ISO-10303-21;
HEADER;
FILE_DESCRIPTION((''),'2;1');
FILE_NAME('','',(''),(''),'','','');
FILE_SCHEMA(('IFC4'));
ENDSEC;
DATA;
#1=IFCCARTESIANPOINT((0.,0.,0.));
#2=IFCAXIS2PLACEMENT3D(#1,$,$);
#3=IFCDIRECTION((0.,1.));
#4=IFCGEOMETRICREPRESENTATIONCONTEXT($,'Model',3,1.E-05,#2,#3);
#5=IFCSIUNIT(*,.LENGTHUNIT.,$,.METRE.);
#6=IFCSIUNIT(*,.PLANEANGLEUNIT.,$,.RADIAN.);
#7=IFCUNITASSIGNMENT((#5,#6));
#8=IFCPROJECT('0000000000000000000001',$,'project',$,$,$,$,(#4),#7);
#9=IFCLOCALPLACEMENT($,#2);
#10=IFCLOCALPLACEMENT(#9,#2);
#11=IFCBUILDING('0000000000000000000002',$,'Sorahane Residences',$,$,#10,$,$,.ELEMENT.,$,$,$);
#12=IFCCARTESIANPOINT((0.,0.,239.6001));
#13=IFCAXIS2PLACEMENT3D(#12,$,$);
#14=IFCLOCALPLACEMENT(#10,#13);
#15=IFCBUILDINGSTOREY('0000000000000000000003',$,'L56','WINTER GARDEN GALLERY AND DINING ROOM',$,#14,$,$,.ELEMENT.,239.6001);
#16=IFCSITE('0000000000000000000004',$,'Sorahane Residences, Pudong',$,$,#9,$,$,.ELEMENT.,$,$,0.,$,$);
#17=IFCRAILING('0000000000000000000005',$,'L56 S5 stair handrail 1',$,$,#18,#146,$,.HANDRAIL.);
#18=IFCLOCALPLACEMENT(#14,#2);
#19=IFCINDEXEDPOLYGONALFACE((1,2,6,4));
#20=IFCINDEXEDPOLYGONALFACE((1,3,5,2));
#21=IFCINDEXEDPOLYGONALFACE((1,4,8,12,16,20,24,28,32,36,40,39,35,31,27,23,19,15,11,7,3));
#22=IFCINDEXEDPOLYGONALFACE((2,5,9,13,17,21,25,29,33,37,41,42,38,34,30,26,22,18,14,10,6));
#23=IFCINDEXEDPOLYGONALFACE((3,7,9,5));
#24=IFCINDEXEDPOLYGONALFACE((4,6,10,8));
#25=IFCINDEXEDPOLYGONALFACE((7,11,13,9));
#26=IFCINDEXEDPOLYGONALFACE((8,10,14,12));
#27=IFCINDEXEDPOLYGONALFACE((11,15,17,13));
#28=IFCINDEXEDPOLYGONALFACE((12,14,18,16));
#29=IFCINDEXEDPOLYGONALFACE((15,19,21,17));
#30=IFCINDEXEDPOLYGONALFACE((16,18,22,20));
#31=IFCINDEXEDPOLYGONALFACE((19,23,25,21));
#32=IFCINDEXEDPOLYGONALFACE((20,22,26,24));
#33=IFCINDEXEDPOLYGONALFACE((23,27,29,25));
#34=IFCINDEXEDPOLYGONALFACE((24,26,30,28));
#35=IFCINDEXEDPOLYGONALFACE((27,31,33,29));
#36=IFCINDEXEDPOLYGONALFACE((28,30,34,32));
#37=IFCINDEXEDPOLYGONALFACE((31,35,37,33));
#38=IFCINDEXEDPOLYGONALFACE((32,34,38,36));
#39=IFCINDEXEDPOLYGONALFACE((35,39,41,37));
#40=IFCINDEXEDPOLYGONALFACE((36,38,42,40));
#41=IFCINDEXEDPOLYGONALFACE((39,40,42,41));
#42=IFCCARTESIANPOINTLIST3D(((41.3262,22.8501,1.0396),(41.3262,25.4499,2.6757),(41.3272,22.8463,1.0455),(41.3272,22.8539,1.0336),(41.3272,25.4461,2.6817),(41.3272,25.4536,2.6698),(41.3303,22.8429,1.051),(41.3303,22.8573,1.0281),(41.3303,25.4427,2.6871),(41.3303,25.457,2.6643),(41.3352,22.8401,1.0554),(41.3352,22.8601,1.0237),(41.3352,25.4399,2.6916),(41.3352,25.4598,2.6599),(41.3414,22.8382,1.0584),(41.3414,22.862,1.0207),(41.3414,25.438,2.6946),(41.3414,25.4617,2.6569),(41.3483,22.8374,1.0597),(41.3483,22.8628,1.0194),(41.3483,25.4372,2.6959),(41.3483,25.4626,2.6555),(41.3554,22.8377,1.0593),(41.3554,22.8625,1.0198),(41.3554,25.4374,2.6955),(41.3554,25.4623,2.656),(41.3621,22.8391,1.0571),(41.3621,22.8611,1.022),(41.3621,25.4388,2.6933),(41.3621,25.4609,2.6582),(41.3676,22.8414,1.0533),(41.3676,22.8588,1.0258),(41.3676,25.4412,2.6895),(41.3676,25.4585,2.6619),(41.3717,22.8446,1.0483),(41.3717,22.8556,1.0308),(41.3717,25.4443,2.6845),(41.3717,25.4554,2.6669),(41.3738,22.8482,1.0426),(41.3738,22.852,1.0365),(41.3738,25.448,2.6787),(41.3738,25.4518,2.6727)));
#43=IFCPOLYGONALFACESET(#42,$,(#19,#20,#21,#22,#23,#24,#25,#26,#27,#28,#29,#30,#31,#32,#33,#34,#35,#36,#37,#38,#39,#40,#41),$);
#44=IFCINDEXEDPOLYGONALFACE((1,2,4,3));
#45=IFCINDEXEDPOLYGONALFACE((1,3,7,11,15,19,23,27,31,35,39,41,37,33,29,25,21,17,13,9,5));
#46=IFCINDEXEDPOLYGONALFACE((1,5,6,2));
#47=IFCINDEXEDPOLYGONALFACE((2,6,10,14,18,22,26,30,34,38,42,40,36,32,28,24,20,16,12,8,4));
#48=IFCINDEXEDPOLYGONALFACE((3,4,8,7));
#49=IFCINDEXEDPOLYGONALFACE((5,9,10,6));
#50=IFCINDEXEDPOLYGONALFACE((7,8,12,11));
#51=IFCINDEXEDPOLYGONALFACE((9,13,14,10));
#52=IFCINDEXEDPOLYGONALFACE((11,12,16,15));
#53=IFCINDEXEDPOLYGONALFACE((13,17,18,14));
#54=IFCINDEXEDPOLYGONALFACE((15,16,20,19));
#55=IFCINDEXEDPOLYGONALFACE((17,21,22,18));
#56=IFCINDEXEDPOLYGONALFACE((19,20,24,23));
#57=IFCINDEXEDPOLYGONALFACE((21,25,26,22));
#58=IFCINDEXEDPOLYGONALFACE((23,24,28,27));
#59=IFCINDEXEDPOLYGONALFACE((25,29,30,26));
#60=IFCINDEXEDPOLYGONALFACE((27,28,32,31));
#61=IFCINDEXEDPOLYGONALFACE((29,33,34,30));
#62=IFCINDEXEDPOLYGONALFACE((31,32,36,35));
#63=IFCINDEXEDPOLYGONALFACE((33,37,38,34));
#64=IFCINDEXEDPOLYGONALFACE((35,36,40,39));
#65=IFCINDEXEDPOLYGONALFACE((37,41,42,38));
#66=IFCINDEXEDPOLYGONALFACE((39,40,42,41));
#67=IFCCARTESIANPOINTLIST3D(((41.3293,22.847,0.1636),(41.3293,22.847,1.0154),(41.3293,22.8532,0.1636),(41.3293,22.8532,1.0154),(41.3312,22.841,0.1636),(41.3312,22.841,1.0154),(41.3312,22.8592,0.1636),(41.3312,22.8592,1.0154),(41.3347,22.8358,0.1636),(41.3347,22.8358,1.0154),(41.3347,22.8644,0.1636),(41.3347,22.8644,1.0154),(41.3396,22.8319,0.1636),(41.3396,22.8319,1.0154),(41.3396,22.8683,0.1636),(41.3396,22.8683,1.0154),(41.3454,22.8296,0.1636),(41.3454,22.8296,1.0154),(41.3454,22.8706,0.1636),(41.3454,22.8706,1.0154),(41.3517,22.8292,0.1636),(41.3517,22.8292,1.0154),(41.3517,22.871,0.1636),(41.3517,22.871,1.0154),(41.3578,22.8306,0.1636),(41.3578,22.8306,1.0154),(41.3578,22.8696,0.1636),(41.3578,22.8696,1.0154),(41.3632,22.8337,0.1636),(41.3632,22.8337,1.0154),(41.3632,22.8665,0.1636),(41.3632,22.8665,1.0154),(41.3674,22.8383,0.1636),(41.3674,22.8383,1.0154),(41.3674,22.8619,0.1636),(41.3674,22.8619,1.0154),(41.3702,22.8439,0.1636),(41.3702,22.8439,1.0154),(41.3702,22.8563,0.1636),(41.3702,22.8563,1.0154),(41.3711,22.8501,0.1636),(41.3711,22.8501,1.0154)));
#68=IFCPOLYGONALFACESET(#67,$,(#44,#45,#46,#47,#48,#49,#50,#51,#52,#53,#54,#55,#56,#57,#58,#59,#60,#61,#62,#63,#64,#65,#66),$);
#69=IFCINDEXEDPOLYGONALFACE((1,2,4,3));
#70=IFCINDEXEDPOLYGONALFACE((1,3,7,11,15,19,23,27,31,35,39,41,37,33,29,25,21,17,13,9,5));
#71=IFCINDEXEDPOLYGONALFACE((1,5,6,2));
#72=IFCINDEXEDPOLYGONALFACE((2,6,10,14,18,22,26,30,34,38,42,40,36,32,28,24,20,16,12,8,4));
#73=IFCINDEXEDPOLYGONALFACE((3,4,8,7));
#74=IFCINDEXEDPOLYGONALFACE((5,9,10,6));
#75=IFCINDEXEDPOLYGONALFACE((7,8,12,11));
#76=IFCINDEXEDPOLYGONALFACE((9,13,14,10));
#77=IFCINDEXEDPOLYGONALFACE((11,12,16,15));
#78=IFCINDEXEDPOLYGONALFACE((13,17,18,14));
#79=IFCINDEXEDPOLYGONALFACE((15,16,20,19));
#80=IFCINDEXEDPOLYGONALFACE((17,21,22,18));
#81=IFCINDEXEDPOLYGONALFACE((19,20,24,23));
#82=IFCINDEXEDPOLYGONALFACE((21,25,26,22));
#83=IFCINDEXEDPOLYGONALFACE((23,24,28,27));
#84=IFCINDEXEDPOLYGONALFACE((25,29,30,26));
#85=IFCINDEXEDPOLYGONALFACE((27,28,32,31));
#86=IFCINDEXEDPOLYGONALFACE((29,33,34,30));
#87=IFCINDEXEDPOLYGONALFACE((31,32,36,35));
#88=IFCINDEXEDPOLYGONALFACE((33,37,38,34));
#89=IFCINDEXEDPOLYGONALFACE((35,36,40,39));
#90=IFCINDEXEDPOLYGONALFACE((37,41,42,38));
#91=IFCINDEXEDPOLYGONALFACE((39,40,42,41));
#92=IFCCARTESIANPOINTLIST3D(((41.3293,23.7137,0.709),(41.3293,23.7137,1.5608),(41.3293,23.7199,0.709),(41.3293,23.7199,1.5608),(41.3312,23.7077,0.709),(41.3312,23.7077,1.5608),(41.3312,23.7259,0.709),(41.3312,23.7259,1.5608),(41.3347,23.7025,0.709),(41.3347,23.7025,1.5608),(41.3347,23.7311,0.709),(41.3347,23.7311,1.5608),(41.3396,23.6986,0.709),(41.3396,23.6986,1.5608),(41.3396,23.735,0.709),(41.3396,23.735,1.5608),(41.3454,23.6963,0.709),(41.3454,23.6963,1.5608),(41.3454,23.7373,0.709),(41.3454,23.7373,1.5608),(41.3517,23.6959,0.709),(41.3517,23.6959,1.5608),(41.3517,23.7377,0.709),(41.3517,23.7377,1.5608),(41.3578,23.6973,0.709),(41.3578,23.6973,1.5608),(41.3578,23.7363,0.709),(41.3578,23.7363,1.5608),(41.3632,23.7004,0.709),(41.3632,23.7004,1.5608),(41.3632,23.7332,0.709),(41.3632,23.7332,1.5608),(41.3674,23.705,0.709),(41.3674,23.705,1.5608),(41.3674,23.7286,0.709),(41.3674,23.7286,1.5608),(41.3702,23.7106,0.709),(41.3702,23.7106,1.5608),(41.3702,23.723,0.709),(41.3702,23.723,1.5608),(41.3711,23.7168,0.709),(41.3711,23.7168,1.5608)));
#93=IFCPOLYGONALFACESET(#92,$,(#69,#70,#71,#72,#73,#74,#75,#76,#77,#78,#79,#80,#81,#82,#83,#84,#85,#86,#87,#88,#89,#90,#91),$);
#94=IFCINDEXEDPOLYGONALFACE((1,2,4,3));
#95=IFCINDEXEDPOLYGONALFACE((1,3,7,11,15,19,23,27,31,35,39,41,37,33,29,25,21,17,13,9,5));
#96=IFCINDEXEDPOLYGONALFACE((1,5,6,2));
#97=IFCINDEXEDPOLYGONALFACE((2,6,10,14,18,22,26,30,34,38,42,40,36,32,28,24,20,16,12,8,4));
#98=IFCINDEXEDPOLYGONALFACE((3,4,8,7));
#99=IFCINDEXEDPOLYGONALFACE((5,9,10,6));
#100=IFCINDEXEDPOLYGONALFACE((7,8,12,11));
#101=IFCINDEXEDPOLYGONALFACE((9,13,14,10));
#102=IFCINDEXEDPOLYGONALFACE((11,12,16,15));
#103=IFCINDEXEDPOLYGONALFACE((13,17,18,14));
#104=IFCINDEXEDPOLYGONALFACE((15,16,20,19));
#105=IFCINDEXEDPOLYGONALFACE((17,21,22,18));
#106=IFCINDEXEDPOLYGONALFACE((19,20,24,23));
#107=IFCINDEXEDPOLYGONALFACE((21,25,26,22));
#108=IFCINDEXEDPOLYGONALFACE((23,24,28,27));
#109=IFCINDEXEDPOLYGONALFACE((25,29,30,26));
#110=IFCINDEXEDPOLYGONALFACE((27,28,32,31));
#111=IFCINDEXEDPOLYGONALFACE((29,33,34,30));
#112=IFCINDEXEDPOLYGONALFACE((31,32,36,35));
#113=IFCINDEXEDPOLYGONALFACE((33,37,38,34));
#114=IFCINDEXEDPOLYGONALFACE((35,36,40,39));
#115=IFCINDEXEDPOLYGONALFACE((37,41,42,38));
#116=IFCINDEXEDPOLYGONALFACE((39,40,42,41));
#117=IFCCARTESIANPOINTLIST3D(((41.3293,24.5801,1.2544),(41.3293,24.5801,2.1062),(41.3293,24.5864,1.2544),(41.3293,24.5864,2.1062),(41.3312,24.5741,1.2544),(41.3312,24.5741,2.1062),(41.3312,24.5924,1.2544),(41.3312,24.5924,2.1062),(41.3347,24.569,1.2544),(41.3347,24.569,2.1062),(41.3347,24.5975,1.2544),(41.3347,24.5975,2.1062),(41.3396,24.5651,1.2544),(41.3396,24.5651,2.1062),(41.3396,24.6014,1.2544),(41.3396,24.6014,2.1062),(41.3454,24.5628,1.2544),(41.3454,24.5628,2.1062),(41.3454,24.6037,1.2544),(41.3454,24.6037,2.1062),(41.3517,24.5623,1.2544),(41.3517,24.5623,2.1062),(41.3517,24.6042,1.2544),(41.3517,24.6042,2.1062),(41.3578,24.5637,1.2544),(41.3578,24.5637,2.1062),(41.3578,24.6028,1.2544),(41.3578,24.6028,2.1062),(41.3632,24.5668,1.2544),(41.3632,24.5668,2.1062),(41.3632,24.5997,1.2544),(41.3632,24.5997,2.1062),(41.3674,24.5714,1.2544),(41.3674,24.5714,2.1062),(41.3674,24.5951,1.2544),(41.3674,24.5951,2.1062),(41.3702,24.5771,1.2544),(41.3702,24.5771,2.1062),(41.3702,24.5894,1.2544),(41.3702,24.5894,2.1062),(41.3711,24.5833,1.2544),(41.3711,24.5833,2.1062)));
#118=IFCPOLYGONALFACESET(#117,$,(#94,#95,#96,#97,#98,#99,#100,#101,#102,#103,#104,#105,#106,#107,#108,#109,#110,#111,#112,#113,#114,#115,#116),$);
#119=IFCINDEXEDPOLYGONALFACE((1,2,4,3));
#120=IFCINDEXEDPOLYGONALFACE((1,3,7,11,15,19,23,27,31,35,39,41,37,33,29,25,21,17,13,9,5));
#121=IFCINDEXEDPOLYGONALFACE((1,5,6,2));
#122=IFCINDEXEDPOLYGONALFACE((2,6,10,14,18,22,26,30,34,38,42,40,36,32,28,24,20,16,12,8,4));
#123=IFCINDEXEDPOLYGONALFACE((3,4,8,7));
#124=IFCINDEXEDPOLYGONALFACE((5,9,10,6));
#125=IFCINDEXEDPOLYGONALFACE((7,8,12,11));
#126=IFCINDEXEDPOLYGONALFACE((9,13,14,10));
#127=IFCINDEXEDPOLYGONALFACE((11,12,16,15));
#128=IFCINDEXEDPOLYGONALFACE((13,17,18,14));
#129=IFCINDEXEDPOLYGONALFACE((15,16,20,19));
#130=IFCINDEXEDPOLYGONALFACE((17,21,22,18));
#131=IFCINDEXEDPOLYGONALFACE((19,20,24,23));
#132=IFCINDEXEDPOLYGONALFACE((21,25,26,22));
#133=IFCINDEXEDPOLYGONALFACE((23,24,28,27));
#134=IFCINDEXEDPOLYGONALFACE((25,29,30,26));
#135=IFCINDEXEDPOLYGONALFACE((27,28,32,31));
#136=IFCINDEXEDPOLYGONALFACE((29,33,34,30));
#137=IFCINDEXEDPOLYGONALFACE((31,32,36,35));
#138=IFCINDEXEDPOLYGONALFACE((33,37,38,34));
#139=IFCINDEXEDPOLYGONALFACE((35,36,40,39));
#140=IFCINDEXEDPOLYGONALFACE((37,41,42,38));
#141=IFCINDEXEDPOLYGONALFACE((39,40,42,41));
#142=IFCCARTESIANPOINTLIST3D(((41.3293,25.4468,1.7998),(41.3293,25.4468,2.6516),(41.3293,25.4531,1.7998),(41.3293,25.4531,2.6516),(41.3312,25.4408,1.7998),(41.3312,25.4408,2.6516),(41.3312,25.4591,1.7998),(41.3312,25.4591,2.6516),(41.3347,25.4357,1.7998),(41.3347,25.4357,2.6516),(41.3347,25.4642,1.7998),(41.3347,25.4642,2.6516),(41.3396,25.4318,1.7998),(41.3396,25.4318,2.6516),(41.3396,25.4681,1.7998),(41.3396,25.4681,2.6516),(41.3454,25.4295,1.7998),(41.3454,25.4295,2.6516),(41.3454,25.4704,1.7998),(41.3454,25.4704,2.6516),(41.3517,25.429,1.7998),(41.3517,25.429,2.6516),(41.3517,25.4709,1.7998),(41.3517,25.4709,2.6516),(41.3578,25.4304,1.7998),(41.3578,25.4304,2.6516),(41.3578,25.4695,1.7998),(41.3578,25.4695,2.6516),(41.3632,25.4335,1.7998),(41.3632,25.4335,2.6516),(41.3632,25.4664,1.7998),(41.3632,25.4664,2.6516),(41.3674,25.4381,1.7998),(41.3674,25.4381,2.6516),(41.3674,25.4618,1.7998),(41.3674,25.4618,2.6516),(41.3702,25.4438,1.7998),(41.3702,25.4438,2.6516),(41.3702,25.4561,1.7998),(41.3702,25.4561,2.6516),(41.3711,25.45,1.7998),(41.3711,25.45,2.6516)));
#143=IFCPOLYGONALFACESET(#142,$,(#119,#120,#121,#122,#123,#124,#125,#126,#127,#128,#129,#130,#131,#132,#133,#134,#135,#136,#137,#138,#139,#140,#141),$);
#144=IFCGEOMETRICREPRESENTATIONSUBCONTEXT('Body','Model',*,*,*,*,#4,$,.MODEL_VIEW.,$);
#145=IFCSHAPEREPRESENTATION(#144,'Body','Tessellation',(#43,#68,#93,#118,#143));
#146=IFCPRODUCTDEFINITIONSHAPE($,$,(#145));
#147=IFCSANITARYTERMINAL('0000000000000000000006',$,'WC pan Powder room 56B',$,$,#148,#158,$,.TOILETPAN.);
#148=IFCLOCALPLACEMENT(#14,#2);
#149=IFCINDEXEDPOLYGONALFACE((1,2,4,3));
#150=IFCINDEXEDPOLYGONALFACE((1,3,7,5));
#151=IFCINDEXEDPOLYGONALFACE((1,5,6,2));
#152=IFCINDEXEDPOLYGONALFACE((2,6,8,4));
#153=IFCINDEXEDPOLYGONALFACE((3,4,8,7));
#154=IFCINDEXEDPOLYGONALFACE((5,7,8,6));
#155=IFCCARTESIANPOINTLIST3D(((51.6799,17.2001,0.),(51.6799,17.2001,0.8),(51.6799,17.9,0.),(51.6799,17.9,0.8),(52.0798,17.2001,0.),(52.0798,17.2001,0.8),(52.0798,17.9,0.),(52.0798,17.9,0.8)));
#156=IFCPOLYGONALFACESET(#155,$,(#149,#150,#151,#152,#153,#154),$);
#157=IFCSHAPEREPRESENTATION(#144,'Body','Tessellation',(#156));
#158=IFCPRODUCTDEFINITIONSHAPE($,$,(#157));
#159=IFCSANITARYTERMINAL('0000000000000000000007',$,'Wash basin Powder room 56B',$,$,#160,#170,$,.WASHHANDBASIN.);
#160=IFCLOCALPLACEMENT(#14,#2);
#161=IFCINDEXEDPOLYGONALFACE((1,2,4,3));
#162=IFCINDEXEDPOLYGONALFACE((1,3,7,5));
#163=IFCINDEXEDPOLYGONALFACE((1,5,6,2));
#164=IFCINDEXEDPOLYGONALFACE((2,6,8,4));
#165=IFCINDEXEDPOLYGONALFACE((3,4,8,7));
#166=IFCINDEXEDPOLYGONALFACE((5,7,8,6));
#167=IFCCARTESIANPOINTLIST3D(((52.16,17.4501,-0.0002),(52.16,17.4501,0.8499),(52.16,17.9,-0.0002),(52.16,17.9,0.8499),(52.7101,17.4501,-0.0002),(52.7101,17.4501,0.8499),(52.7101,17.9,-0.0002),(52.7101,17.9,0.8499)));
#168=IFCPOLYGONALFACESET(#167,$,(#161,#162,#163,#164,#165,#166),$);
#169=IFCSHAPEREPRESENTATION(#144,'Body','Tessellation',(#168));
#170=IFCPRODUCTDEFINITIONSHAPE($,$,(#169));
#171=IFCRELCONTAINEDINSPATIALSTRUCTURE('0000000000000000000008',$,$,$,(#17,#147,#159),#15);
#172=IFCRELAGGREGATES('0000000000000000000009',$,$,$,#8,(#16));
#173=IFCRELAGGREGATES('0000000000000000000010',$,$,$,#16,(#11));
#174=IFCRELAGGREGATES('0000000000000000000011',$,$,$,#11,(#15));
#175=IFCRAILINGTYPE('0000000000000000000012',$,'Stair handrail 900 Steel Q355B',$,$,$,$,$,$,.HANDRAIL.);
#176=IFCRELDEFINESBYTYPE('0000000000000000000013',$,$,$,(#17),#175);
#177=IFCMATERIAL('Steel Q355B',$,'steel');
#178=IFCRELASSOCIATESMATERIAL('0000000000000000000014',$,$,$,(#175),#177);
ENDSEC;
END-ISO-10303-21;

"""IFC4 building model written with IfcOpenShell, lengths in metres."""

from ifc_helpers import new_model, si_unit, direction, frame, origin, origin_2d, place, context, subcontext, project, spatial, rectangle, circle, extrude, material, type_object, element, save


model = new_model("IFC4")

# Units and contexts
model_context = context("Model", 3, precision=1e-05, world=origin(), true_north=direction((0.0, 1.0)))
body_context = subcontext(model_context, "Body", "Model", "MODEL_VIEW")
ifc_project = project(units=[si_unit("LENGTHUNIT", "METRE"), si_unit("PLANEANGLEUNIT", "RADIAN")], contexts=[model_context])

# Site, building, storey
site_placement = place(None, origin())
site = spatial("IfcSite", under=ifc_project, at=site_placement, Name="Sorahane Residences, Pudong", CompositionType="ELEMENT", RefElevation=0.0)
building_placement = place(site_placement, origin())
building = spatial("IfcBuilding", under=site, at=building_placement, Name="Sorahane Residences", CompositionType="ELEMENT")
storey_placement = place(building_placement, frame((0.0, 0.0, 239.6001)))
storey = spatial("IfcBuildingStorey", under=building, at=storey_placement, Name="L56", Description="WINTER GARDEN GALLERY AND DINING ROOM", CompositionType="ELEMENT", Elevation=239.6001)

# Railing
ifc_material_1 = material(Name="Steel Q355B", Category="steel")
railing_type_1 = type_object("IfcRailingType", Name="Stair handrail 900 Steel Q355B", PredefinedType="HANDRAIL", material=ifc_material_1)
railing_1_placement = place(storey_placement, frame((41.3501, 22.8501, 0.1636)))
element("IfcRailing", 1, at=railing_1_placement, inside=storey, type_object=railing_type_1, Name="L56 S5 stair handrail 1", PredefinedType="HANDRAIL", context=body_context, shape_type="SweptSolid", body=[
    extrude(circle(Radius=0.0239, at=origin_2d()), frame((0.0, 0.0, 0.876), z_axis=(0.0, 0.846338, 0.532647), x_axis=(-1.0, 0.0, 0.0)), (0.0, 0.0, 1.0), 3.0718),
    extrude(circle(Radius=0.021, at=origin_2d()), origin(), (0.0, 0.0, 1.0), 0.8518),
    extrude(circle(Radius=0.021, at=origin_2d()), frame((0.0, 0.8667, 0.5454)), (0.0, 0.0, 1.0), 0.8518),
    extrude(circle(Radius=0.021, at=origin_2d()), frame((0.0, 1.7332, 1.0908)), (0.0, 0.0, 1.0), 0.8518),
    extrude(circle(Radius=0.021, at=origin_2d()), frame((0.0, 2.5999, 1.6362)), (0.0, 0.0, 1.0), 0.8518),
])

# Sanitary terminals
sanitary_terminal_1_placement = place(storey_placement, frame((51.8799, 17.55, 0.0), z_axis=(0.0, 0.0, 1.0), x_axis=(1.0, 0.0, 0.0)))
element("IfcSanitaryTerminal", 2, at=sanitary_terminal_1_placement, inside=storey, Name="WC pan Powder room 56B", PredefinedType="TOILETPAN", context=body_context, shape_type="SweptSolid", body=[
    extrude(rectangle(XDim=0.3999, YDim=0.7, at=origin_2d()), origin(), (0.0, 0.0, 1.0), 0.8),
])
sanitary_terminal_2_placement = place(storey_placement, frame((52.4351, 17.675, -0.0002), z_axis=(0.0, 0.0, 1.0), x_axis=(1.0, 0.0, 0.0)))
element("IfcSanitaryTerminal", 3, at=sanitary_terminal_2_placement, inside=storey, Name="Wash basin Powder room 56B", PredefinedType="WASHHANDBASIN", context=body_context, shape_type="SweptSolid", body=[
    extrude(rectangle(XDim=0.55, YDim=0.45, at=origin_2d()), origin(), (0.0, 0.0, 1.0), 0.8501),
])

save(model, "model.ifc")
